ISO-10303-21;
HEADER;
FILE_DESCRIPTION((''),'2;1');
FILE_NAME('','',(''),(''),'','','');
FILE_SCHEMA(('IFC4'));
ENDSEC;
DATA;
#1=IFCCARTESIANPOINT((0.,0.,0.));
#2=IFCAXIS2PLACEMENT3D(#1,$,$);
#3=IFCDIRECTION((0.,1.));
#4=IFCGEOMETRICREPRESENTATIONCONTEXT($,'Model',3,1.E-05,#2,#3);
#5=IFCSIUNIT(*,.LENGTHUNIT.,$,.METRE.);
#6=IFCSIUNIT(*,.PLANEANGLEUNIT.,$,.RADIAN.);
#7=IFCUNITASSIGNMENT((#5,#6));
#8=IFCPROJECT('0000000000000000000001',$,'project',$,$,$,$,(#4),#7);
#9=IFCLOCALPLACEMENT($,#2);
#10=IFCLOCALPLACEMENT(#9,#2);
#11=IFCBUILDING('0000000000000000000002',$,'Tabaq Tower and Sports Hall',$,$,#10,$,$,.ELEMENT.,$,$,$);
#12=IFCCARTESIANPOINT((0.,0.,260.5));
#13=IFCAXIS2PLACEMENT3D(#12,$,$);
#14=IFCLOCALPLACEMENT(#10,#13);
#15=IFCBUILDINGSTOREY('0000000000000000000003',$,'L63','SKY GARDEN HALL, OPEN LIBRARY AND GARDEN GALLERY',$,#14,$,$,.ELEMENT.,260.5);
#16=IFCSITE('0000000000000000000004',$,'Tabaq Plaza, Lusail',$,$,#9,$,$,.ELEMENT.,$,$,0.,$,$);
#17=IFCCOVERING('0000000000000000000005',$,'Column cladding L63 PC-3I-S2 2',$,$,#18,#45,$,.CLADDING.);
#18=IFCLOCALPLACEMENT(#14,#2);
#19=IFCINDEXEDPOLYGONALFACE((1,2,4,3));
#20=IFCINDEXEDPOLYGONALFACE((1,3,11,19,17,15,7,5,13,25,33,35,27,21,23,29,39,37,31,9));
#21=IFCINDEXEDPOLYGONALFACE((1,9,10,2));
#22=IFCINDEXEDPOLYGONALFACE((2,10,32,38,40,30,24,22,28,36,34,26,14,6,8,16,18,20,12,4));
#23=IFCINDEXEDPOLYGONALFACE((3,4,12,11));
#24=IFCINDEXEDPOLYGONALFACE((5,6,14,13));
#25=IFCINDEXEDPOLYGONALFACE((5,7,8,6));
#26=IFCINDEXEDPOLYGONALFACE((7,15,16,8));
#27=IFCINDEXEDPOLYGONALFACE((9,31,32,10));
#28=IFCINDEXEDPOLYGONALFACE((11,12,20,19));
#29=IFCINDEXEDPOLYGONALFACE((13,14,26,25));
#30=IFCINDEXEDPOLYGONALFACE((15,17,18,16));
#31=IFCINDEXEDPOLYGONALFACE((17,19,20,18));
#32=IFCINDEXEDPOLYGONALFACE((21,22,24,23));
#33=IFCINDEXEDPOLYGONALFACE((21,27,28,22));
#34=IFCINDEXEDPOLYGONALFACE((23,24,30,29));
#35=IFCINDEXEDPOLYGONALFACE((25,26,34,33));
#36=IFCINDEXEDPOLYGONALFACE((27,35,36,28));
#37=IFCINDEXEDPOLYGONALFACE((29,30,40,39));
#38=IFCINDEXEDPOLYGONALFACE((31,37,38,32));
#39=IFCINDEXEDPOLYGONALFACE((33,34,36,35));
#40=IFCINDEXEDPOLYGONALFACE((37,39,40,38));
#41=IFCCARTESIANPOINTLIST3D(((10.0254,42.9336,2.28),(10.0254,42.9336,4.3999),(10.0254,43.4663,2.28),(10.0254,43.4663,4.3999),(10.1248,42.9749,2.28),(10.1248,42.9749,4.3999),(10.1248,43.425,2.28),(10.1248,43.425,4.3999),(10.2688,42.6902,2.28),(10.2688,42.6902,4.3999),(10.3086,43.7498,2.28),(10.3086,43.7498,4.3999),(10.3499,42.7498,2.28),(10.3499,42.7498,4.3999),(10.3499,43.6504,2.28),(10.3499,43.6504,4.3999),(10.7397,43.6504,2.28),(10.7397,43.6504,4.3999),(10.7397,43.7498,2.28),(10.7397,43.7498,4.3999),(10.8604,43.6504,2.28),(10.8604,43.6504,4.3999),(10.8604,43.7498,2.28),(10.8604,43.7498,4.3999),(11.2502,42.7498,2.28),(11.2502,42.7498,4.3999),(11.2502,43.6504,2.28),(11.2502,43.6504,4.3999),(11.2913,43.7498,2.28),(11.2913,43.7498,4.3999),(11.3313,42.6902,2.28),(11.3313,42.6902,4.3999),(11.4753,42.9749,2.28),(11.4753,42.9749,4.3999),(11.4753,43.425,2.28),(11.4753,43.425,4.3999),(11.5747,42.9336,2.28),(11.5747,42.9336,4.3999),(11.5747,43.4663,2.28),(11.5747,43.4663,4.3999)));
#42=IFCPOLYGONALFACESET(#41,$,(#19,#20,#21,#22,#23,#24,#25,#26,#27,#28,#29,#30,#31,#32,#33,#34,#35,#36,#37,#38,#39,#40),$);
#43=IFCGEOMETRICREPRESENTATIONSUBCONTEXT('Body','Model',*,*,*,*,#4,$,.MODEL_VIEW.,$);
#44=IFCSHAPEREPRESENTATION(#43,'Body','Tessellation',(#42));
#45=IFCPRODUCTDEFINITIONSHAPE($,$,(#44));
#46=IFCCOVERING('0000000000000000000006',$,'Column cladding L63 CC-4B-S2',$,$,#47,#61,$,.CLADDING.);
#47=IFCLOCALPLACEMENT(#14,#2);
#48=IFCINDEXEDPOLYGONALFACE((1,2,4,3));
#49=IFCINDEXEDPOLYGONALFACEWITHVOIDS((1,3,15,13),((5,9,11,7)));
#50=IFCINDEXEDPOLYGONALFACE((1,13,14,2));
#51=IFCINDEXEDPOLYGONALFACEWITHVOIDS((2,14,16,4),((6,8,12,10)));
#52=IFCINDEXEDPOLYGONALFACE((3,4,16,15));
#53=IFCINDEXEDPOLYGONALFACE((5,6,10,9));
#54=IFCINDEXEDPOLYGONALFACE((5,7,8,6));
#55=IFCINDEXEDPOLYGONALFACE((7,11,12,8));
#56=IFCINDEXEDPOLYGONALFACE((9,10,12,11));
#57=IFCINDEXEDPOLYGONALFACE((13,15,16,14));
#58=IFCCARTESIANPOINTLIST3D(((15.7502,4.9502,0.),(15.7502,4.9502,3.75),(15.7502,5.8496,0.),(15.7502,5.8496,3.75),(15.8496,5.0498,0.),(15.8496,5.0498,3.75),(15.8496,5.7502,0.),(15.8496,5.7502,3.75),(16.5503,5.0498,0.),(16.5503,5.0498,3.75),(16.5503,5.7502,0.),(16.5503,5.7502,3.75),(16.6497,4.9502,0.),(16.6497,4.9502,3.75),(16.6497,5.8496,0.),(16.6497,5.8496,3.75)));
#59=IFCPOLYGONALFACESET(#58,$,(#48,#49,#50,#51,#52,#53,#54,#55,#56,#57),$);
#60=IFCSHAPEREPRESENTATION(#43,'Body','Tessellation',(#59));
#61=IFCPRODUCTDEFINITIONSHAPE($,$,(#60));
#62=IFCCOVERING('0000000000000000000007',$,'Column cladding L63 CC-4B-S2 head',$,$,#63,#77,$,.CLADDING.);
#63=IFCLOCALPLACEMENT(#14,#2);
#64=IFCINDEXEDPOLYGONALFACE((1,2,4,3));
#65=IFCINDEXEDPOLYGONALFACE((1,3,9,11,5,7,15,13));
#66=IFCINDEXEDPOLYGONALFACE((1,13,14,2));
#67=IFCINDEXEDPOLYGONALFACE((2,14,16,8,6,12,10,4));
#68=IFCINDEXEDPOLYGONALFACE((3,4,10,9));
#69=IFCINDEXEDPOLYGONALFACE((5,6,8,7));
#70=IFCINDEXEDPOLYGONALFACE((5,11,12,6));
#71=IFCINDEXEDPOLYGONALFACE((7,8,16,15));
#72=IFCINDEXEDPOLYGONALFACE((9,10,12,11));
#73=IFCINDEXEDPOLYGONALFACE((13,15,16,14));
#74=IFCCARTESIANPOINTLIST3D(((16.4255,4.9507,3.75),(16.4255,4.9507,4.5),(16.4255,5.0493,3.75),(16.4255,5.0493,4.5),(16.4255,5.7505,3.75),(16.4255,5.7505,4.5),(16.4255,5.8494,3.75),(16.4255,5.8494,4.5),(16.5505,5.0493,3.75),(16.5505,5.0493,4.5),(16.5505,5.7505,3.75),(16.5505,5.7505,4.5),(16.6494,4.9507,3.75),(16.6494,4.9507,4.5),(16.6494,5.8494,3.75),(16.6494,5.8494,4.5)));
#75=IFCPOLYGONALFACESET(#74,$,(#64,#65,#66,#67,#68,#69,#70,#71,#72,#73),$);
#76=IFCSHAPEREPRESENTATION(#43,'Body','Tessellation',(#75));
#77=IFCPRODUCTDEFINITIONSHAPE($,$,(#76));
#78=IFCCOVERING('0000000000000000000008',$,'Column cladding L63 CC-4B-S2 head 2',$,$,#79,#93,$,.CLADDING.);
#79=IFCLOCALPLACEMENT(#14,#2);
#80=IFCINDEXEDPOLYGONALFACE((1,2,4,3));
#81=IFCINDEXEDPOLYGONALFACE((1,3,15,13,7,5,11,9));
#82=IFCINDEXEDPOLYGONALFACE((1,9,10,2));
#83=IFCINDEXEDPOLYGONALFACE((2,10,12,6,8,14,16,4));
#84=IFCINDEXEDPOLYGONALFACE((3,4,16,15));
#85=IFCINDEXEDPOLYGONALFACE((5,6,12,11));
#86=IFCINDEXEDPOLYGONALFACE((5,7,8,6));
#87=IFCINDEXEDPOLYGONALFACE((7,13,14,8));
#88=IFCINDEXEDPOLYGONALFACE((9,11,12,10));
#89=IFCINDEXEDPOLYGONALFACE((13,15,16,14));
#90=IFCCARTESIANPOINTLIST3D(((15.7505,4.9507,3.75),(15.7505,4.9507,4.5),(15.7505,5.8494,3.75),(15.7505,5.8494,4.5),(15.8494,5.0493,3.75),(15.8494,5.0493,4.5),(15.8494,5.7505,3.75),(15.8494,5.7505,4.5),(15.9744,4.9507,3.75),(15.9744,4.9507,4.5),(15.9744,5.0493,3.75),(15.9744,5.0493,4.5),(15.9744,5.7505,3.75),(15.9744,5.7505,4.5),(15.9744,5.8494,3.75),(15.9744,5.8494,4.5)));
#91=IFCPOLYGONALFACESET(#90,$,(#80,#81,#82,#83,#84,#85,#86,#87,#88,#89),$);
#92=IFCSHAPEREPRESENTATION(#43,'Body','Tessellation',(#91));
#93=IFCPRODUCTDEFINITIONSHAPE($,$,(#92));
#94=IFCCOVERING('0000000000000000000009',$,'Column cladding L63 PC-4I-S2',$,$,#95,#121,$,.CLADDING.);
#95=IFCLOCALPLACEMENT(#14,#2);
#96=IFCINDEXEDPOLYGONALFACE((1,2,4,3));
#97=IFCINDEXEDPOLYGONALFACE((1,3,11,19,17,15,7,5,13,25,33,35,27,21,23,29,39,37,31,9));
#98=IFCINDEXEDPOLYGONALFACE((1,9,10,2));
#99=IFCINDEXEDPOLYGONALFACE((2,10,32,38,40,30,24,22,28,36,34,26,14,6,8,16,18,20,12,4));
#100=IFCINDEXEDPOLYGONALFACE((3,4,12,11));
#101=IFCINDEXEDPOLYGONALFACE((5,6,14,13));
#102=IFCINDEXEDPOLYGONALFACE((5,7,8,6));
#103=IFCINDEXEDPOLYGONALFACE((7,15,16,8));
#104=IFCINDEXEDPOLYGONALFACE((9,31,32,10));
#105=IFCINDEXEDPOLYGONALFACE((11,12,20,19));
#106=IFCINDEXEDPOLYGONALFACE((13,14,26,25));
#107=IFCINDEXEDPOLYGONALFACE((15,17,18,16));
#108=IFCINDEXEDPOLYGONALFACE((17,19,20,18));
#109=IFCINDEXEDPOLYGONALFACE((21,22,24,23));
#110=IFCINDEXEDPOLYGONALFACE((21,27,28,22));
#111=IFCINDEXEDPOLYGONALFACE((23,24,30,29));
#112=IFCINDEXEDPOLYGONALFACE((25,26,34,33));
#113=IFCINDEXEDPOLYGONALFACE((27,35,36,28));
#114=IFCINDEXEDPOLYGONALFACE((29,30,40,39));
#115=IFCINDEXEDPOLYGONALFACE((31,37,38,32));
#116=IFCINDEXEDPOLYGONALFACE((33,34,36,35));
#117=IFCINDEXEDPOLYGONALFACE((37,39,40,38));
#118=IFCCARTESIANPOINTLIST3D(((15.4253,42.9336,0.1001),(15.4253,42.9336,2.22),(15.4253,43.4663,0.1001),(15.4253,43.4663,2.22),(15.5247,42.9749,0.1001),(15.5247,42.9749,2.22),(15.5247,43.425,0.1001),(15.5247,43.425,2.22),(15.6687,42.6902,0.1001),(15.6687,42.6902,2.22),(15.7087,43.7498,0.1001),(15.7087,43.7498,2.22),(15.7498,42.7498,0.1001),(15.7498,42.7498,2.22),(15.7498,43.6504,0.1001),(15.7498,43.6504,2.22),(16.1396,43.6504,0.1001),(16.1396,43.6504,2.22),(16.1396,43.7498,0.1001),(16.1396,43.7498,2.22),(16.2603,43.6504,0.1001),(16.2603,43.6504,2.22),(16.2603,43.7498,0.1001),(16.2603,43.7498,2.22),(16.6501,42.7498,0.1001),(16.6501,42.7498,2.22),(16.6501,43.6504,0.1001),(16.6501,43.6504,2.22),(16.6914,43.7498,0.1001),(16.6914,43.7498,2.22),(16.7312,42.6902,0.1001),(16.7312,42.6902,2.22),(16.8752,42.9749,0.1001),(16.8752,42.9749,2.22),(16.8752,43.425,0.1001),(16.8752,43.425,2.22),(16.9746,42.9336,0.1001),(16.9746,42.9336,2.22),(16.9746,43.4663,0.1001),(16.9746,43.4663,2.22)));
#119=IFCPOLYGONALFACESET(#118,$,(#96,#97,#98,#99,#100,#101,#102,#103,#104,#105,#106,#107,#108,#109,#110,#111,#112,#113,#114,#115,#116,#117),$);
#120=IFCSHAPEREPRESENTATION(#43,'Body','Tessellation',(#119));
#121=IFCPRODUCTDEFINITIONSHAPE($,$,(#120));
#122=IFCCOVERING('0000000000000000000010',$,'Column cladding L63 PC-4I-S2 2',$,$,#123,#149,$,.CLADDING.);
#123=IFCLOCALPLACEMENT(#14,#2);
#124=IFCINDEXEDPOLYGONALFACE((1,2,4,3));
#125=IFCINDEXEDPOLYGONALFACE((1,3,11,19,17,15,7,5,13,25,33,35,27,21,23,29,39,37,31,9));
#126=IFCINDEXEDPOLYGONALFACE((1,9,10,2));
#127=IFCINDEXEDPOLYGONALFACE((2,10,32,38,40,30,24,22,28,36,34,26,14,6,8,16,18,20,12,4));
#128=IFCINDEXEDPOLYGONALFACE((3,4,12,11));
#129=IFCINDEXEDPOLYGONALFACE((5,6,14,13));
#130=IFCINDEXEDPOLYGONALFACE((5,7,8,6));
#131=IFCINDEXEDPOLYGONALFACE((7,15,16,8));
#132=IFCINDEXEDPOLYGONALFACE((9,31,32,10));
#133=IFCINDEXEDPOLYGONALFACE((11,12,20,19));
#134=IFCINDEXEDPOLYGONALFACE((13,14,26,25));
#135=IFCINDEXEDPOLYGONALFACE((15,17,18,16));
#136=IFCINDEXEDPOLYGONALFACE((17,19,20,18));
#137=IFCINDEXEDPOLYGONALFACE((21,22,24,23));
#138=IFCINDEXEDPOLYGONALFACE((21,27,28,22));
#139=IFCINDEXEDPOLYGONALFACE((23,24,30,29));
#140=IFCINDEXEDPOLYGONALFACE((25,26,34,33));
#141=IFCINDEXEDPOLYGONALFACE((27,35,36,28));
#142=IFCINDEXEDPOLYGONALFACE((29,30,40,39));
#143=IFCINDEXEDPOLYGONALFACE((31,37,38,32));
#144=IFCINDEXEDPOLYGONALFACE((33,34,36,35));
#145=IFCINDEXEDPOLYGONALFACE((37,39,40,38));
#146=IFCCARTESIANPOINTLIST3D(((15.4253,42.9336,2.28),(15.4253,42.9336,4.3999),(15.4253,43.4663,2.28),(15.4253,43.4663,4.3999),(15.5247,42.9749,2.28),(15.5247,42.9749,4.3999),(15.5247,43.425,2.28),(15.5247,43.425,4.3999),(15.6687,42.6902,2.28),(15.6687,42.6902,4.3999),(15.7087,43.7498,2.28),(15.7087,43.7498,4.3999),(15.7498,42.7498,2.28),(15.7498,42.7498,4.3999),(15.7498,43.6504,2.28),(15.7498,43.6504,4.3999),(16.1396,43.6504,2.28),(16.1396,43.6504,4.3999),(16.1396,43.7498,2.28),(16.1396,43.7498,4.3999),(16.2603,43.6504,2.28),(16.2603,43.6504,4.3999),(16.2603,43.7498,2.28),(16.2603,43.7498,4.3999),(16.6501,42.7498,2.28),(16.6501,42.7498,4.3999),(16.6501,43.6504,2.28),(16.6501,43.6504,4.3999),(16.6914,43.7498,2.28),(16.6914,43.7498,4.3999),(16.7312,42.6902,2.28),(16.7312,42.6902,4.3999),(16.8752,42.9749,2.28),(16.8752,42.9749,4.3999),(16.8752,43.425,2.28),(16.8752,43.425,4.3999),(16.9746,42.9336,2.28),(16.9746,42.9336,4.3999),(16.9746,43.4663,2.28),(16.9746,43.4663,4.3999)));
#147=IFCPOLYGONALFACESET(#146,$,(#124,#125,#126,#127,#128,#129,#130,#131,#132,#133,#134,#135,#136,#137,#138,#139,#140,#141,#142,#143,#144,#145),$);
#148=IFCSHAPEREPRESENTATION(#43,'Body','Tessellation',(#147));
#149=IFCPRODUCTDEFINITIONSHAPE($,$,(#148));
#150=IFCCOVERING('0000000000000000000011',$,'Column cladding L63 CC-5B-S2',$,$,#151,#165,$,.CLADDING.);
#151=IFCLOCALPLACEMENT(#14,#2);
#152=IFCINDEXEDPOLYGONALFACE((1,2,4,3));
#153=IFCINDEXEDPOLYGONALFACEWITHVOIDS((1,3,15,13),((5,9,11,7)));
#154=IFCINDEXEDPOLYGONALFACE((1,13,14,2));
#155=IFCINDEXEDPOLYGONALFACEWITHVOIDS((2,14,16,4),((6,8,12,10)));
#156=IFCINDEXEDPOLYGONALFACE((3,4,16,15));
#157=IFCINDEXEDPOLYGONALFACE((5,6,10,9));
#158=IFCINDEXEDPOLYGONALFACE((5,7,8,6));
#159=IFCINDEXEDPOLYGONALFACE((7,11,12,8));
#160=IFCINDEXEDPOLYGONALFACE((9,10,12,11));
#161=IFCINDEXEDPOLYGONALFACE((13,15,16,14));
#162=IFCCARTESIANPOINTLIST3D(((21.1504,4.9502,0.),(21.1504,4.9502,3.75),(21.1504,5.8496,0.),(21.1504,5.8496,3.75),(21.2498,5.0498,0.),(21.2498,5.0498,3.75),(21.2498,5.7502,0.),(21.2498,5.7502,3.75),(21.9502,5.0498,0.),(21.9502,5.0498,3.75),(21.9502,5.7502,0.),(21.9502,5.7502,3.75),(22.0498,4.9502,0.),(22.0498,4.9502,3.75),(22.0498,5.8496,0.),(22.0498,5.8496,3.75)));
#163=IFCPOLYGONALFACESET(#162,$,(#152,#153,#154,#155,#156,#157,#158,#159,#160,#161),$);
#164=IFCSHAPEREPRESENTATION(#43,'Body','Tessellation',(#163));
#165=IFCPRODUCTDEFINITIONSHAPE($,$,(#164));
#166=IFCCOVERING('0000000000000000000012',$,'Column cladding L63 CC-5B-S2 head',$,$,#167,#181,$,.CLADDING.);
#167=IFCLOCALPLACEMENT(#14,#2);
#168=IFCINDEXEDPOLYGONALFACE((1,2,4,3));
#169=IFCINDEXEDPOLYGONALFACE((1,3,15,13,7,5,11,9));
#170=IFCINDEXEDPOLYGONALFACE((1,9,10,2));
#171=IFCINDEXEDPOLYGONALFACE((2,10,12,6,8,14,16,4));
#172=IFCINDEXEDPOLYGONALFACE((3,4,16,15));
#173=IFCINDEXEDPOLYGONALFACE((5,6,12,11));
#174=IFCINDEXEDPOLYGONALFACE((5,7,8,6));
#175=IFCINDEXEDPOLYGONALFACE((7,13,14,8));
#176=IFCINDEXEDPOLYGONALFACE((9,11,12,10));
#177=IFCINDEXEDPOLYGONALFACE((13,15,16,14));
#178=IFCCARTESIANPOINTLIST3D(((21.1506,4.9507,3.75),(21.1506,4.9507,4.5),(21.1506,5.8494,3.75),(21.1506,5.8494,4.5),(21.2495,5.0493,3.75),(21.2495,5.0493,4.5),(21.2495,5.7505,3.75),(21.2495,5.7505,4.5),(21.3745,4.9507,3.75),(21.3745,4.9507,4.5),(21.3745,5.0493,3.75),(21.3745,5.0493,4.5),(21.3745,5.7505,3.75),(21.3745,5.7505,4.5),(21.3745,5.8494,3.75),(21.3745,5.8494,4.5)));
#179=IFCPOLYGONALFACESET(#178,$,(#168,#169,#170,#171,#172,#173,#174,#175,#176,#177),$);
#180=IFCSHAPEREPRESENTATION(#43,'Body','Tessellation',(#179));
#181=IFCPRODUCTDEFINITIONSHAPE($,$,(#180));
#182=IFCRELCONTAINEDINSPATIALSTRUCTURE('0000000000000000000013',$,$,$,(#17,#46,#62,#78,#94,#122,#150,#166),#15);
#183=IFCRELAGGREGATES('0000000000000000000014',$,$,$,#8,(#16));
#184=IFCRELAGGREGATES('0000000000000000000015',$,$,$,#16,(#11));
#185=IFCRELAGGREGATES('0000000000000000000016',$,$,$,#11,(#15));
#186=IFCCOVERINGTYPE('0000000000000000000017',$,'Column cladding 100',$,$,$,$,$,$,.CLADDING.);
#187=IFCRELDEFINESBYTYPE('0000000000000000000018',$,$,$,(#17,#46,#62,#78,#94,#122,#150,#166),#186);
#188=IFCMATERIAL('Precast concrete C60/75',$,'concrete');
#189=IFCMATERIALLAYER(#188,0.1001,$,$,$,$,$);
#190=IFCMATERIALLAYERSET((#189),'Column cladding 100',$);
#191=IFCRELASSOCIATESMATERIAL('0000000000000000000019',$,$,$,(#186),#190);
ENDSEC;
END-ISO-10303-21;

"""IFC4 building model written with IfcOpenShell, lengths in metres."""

from ifc_helpers import new_model, si_unit, direction, frame, origin, place, context, subcontext, project, spatial, polyline, outline, extrude, material, layer, layer_set, type_object, element, save


model = new_model("IFC4")

# Units and contexts
model_context = context("Model", 3, precision=1e-05, world=origin(), true_north=direction((0.0, 1.0)))
body_context = subcontext(model_context, "Body", "Model", "MODEL_VIEW")
ifc_project = project(units=[si_unit("LENGTHUNIT", "METRE"), si_unit("PLANEANGLEUNIT", "RADIAN")], contexts=[model_context])

# Site, building, storey
site_placement = place(None, origin())
site = spatial("IfcSite", under=ifc_project, at=site_placement, Name="Tabaq Plaza, Lusail", CompositionType="ELEMENT", RefElevation=0.0)
building_placement = place(site_placement, origin())
building = spatial("IfcBuilding", under=site, at=building_placement, Name="Tabaq Tower and Sports Hall", CompositionType="ELEMENT")
storey_placement = place(building_placement, frame((0.0, 0.0, 260.5)))
storey = spatial("IfcBuildingStorey", under=building, at=storey_placement, Name="L63", Description="SKY GARDEN HALL, OPEN LIBRARY AND GARDEN GALLERY", CompositionType="ELEMENT", Elevation=260.5)

# Coverings
ifc_material_1 = material(Name="Precast concrete C60/75", Category="concrete")
ifc_layer_1 = layer(ifc_material_1, 0.1001)
ifc_layer_set_1 = layer_set([ifc_layer_1], Name="Column cladding 100")
covering_type = type_object("IfcCoveringType", Name="Column cladding 100", PredefinedType="CLADDING", material=ifc_layer_set_1)
for number, where, name in (
    (1, (0.0, 0.0, 2.28), "Column cladding L63 PC-3I-S2 2"),
):
    element("IfcCovering", number, at=place(storey_placement, frame(where)), inside=storey, type_object=covering_type, Name=name, PredefinedType="CLADDING", context=body_context, shape_type="SweptSolid", body=[
        extrude(outline(polyline([(10.0254, 43.4663), (10.3086, 43.7498), (10.7397, 43.7498), (10.7397, 43.6504), (10.3499, 43.6504), (10.1248, 43.425), (10.1248, 42.9749), (10.3499, 42.7498), (11.2502, 42.7498), (11.4753, 42.9749), (11.4753, 43.425), (11.2502, 43.6504), (10.8604, 43.6504), (10.8604, 43.7498), (11.2913, 43.7498), (11.5747, 43.4663), (11.5747, 42.9336), (11.3313, 42.6902), (10.2688, 42.6902), (10.0254, 42.9336), (10.0254, 43.4663)])), origin(), (0.0, 0.0, 1.0), 2.1199),
    ])
covering_1_placement = place(storey_placement, origin())
element("IfcCovering", 2, at=covering_1_placement, inside=storey, type_object=covering_type, Name="Column cladding L63 CC-4B-S2", PredefinedType="CLADDING", context=body_context, shape_type="SweptSolid", body=[
    extrude(outline(polyline([(15.7502, 5.8496), (16.6497, 5.8496), (16.6497, 4.9502), (15.7502, 4.9502), (15.7502, 5.8496)]), holes=[polyline([(16.5503, 5.0498), (16.5503, 5.7502), (15.8496, 5.7502), (15.8496, 5.0498), (16.5503, 5.0498)])]), origin(), (0.0, 0.0, 1.0), 3.75),
])
covering_2_placement = place(storey_placement, frame((0.0, 0.0, 3.75)))
element("IfcCovering", 3, at=covering_2_placement, inside=storey, type_object=covering_type, Name="Column cladding L63 CC-4B-S2 head", PredefinedType="CLADDING", context=body_context, shape_type="SweptSolid", body=[
    extrude(outline(polyline([(16.4255, 5.0493), (16.5505, 5.0493), (16.5505, 5.7505), (16.4255, 5.7505), (16.4255, 5.8494), (16.6494, 5.8494), (16.6494, 4.9507), (16.4255, 4.9507), (16.4255, 5.0493)])), origin(), (0.0, 0.0, 1.0), 0.75),
])
covering_3_placement = place(storey_placement, frame((0.0, 0.0, 3.75)))
element("IfcCovering", 4, at=covering_3_placement, inside=storey, type_object=covering_type, Name="Column cladding L63 CC-4B-S2 head 2", PredefinedType="CLADDING", context=body_context, shape_type="SweptSolid", body=[
    extrude(outline(polyline([(15.9744, 5.0493), (15.9744, 4.9507), (15.7505, 4.9507), (15.7505, 5.8494), (15.9744, 5.8494), (15.9744, 5.7505), (15.8494, 5.7505), (15.8494, 5.0493), (15.9744, 5.0493)])), origin(), (0.0, 0.0, 1.0), 0.75),
])
for number, where, name in (
    (5, (0.0, 0.0, 0.1001), "Column cladding L63 PC-4I-S2"),
    (6, (0.0, 0.0, 2.28), "Column cladding L63 PC-4I-S2 2"),
):
    element("IfcCovering", number, at=place(storey_placement, frame(where)), inside=storey, type_object=covering_type, Name=name, PredefinedType="CLADDING", context=body_context, shape_type="SweptSolid", body=[
        extrude(outline(polyline([(15.4253, 43.4663), (15.7087, 43.7498), (16.1396, 43.7498), (16.1396, 43.6504), (15.7498, 43.6504), (15.5247, 43.425), (15.5247, 42.9749), (15.7498, 42.7498), (16.6501, 42.7498), (16.8752, 42.9749), (16.8752, 43.425), (16.6501, 43.6504), (16.2603, 43.6504), (16.2603, 43.7498), (16.6914, 43.7498), (16.9746, 43.4663), (16.9746, 42.9336), (16.7312, 42.6902), (15.6687, 42.6902), (15.4253, 42.9336), (15.4253, 43.4663)])), origin(), (0.0, 0.0, 1.0), 2.1199),
    ])
covering_4_placement = place(storey_placement, origin())
element("IfcCovering", 7, at=covering_4_placement, inside=storey, type_object=covering_type, Name="Column cladding L63 CC-5B-S2", PredefinedType="CLADDING", context=body_context, shape_type="SweptSolid", body=[
    extrude(outline(polyline([(21.1504, 5.8496), (22.0498, 5.8496), (22.0498, 4.9502), (21.1504, 4.9502), (21.1504, 5.8496)]), holes=[polyline([(21.9502, 5.0498), (21.9502, 5.7502), (21.2498, 5.7502), (21.2498, 5.0498), (21.9502, 5.0498)])]), origin(), (0.0, 0.0, 1.0), 3.75),
])
covering_5_placement = place(storey_placement, frame((0.0, 0.0, 3.75)))
element("IfcCovering", 8, at=covering_5_placement, inside=storey, type_object=covering_type, Name="Column cladding L63 CC-5B-S2 head", PredefinedType="CLADDING", context=body_context, shape_type="SweptSolid", body=[
    extrude(outline(polyline([(21.3745, 5.0493), (21.3745, 4.9507), (21.1506, 4.9507), (21.1506, 5.8494), (21.3745, 5.8494), (21.3745, 5.7505), (21.2495, 5.7505), (21.2495, 5.0493), (21.3745, 5.0493)])), origin(), (0.0, 0.0, 1.0), 0.75),
])

save(model, "model.ifc")
